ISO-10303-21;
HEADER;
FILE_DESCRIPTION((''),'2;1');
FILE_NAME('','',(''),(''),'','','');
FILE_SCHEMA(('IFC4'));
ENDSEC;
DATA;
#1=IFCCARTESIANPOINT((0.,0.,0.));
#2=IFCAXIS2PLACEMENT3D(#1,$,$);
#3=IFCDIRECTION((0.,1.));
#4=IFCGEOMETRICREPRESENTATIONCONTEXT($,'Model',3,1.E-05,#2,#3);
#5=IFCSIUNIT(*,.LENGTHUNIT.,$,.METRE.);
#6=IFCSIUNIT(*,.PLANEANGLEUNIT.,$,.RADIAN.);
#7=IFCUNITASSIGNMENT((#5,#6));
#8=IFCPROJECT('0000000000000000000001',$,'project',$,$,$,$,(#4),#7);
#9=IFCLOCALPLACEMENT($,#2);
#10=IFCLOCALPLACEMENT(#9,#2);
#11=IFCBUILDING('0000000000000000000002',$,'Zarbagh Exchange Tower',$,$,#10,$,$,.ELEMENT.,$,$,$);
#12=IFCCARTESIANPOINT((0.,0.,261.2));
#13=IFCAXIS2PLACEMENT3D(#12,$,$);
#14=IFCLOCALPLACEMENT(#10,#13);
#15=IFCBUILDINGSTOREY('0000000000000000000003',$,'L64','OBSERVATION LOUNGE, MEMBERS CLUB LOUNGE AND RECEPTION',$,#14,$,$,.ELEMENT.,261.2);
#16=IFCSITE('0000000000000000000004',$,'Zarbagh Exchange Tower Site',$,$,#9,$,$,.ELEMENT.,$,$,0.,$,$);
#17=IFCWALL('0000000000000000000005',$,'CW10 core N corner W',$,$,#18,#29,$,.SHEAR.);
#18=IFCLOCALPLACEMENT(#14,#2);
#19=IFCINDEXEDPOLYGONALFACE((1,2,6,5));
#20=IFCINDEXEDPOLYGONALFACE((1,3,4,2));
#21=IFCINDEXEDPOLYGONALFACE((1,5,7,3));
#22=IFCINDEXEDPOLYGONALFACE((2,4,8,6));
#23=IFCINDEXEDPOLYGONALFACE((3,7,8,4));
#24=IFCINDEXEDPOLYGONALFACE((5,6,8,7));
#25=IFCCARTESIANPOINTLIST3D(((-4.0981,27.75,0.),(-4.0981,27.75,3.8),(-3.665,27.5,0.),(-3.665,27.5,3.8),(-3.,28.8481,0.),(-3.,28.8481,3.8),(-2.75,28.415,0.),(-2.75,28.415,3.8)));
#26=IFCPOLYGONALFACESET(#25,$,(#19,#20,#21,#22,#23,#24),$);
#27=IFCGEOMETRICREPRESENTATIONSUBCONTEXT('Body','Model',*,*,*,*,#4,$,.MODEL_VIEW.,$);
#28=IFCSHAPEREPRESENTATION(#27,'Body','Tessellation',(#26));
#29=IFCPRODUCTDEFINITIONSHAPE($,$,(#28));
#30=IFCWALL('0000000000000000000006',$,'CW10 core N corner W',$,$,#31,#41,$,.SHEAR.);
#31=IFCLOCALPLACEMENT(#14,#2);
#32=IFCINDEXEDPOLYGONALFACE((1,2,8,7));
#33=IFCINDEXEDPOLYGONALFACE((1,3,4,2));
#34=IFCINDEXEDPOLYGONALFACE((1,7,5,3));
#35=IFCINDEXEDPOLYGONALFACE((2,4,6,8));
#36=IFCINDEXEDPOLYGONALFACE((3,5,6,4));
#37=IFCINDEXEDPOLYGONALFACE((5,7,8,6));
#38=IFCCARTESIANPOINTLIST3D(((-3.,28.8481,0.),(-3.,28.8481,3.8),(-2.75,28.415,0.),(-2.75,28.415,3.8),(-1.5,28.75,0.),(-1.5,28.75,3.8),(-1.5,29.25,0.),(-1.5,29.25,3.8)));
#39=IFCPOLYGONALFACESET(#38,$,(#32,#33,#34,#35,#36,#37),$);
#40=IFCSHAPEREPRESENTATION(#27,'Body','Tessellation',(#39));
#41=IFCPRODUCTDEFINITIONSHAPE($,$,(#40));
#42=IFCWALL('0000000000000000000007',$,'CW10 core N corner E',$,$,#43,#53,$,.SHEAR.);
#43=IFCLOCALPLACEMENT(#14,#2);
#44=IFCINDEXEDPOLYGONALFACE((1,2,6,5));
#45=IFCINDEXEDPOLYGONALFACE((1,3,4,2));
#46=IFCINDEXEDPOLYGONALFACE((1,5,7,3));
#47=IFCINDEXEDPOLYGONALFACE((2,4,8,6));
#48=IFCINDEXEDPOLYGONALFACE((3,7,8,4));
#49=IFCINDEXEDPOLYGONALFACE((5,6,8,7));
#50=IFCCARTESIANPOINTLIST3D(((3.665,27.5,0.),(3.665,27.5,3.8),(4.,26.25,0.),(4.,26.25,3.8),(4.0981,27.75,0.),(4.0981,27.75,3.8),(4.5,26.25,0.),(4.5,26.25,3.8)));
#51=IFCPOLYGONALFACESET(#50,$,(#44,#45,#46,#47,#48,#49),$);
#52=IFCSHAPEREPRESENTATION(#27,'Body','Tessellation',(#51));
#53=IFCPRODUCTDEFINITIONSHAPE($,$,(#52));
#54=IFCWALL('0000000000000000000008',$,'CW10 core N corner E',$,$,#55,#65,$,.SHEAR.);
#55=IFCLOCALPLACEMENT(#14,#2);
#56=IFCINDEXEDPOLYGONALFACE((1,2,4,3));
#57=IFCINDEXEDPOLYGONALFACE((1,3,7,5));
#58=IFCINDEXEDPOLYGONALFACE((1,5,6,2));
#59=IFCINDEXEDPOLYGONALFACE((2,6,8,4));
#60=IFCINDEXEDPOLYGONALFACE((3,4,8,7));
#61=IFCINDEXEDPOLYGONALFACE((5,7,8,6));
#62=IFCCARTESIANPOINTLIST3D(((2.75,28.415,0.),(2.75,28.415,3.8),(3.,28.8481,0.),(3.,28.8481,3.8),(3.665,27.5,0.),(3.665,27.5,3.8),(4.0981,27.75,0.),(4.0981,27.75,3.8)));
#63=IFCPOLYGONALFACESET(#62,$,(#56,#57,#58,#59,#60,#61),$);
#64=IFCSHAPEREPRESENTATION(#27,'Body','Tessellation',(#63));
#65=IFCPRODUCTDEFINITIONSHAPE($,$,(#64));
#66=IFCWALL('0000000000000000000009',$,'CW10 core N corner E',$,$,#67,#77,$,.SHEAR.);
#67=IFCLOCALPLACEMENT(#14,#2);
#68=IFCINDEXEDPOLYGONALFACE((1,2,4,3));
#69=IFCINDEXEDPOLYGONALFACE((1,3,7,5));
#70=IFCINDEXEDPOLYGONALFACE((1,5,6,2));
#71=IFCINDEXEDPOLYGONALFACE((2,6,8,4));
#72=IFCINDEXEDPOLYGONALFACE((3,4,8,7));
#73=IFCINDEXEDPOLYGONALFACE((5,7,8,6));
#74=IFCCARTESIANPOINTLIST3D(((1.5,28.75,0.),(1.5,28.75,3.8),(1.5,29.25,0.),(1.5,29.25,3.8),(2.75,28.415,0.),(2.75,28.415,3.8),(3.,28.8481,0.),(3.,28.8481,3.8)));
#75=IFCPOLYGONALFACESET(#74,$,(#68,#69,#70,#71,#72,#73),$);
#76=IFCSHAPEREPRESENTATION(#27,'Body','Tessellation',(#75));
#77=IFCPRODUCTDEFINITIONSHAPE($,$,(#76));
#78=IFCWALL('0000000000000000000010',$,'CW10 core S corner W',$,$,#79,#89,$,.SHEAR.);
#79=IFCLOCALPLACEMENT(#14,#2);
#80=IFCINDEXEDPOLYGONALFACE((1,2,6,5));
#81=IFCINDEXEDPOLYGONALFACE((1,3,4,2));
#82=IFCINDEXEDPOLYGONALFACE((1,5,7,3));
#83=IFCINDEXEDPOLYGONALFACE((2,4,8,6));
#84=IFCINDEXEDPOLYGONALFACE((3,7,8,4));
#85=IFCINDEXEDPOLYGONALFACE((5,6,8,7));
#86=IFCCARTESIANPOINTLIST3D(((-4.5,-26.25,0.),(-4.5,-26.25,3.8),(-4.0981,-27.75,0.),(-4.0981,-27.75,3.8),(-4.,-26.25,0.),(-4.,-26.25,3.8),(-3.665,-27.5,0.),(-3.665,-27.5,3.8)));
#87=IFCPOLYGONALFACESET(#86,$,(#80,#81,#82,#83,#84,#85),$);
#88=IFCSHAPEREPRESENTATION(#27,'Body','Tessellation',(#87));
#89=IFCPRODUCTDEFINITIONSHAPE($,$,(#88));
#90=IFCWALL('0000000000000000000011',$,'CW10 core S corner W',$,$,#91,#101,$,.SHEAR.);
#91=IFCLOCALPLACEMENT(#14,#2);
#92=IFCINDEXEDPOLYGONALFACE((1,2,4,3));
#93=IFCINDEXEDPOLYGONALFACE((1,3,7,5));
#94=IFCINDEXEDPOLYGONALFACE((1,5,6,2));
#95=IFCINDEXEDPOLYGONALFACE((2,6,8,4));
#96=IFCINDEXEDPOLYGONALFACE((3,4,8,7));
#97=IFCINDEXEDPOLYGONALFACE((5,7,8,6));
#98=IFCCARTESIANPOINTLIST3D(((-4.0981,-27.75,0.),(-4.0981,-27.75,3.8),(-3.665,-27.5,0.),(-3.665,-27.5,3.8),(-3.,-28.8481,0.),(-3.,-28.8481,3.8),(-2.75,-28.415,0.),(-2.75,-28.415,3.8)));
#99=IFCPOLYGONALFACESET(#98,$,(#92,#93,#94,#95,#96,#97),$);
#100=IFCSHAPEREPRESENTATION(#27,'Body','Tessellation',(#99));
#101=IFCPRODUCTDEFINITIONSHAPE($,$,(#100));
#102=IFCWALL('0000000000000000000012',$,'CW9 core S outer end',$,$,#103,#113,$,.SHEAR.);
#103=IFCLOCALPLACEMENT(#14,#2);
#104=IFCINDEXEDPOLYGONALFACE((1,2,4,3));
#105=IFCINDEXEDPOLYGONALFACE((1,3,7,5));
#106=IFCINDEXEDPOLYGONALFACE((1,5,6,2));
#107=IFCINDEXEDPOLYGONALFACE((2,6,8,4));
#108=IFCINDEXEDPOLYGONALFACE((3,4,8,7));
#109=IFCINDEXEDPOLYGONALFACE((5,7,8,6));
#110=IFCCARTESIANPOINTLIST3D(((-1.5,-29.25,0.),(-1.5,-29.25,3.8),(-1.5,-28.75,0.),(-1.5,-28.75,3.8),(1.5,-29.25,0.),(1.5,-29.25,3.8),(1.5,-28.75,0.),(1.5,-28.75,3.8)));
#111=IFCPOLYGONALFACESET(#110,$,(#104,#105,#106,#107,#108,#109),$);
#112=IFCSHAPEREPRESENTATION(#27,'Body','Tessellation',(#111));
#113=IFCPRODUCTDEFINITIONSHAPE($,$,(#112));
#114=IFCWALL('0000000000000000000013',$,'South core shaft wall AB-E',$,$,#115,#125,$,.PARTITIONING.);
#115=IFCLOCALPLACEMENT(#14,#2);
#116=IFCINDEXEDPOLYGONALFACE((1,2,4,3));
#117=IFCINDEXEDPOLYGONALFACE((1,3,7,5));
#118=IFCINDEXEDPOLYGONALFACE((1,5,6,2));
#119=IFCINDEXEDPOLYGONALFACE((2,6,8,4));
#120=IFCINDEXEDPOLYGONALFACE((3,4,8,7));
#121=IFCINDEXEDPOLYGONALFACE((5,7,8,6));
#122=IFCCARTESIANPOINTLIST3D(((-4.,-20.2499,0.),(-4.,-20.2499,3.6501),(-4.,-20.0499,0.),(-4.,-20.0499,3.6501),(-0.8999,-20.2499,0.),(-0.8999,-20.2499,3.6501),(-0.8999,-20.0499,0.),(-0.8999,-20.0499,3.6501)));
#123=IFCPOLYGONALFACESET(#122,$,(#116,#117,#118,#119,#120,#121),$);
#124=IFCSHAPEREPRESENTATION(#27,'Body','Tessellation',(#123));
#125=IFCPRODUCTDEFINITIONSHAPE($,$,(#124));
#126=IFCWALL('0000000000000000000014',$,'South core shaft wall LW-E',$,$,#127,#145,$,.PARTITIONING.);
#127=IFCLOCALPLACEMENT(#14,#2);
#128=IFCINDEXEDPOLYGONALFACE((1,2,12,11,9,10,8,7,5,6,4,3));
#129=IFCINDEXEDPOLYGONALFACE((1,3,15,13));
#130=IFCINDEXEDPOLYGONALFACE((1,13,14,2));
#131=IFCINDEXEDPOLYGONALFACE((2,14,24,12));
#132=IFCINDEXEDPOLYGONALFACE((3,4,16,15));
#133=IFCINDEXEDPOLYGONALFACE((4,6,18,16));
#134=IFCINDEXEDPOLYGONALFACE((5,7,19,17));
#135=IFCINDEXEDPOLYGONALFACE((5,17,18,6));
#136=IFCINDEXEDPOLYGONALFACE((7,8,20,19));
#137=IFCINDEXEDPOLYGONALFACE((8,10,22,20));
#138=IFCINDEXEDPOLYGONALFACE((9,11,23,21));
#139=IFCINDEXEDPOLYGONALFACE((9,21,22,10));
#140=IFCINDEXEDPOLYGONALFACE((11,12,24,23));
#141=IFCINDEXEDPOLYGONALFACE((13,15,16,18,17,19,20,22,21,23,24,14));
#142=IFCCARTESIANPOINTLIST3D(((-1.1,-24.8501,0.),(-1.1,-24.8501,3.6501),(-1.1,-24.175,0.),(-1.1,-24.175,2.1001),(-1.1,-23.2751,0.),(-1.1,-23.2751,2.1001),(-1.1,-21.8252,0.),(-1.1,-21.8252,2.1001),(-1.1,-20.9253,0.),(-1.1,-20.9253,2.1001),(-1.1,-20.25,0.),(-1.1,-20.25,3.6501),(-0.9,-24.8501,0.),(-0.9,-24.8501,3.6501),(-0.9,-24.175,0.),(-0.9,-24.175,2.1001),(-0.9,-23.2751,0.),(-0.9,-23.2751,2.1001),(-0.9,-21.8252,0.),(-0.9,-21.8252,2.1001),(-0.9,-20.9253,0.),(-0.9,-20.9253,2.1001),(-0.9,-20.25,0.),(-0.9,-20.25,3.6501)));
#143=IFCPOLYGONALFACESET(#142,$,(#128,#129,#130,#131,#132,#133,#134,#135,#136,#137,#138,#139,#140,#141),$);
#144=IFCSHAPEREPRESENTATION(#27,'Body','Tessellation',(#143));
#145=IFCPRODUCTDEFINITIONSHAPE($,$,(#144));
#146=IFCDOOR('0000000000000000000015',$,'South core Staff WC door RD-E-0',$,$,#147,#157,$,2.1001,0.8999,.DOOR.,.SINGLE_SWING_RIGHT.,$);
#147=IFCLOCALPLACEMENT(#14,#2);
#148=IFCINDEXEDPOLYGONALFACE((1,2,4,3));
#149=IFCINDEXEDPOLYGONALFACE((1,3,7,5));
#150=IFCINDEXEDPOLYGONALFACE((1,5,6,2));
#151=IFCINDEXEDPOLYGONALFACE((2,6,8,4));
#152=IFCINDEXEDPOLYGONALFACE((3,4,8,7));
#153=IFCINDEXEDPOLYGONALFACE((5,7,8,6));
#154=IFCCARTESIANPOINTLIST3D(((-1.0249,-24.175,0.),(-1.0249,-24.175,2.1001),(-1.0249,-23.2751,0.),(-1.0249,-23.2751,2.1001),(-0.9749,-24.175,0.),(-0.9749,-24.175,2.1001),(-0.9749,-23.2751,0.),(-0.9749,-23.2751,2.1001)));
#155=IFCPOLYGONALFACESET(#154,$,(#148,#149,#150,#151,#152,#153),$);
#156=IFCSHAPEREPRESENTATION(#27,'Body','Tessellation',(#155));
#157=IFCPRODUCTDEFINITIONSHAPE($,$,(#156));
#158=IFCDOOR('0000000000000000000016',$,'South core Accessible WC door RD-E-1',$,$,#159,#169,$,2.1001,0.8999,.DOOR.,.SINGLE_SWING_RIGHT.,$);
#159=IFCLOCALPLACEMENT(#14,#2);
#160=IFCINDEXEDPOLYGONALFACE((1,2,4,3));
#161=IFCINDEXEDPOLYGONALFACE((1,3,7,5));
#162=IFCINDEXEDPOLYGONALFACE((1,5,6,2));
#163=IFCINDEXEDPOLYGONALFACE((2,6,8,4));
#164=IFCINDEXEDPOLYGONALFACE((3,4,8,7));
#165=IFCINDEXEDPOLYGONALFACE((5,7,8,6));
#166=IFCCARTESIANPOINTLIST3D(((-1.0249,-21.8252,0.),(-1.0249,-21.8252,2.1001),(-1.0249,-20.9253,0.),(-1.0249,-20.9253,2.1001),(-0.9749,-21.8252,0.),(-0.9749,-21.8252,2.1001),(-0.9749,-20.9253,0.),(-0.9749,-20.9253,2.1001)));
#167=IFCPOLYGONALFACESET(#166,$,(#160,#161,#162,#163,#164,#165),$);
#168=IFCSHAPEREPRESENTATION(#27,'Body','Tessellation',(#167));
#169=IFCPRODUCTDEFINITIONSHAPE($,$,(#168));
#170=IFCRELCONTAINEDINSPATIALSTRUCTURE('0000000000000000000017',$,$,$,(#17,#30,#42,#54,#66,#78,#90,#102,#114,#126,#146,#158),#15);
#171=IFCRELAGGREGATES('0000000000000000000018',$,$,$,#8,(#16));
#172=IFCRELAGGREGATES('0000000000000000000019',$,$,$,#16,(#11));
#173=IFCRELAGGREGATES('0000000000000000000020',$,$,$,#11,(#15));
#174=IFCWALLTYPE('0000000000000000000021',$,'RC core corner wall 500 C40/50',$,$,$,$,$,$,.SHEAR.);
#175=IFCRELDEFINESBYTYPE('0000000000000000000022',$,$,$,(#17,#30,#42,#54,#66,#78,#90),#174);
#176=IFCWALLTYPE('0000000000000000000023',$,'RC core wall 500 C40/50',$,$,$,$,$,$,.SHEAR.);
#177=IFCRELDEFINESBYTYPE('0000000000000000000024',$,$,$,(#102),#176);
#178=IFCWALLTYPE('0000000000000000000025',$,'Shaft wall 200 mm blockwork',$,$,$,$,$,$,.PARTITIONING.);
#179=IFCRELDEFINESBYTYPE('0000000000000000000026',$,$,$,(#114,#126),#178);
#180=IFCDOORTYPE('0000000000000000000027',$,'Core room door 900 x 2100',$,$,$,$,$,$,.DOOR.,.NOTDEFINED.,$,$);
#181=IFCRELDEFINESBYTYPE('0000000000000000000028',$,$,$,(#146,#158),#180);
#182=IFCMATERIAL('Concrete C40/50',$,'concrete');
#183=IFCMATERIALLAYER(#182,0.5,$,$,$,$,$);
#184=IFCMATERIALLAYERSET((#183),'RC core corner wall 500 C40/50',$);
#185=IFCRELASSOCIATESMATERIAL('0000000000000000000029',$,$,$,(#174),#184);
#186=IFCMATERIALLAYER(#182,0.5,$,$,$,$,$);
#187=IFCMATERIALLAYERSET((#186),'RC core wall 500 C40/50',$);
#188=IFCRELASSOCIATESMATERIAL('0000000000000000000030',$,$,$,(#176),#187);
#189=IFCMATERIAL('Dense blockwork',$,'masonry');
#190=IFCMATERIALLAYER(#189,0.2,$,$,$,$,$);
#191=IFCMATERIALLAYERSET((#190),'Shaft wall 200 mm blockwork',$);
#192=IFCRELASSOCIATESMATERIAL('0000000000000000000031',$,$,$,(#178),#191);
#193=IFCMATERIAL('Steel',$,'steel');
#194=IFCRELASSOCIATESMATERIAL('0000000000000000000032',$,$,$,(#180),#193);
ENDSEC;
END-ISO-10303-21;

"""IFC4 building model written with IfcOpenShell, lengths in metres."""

from ifc_helpers import new_model, si_unit, direction, frame, frame_2d, origin, place, context, subcontext, project, spatial, polyline, rectangle, outline, extrude, material, layer, layer_set, type_object, element, fill, save


model = new_model("IFC4")

# Units and contexts
model_context = context("Model", 3, precision=1e-05, world=origin(), true_north=direction((0.0, 1.0)))
body_context = subcontext(model_context, "Body", "Model", "MODEL_VIEW")
ifc_project = project(units=[si_unit("LENGTHUNIT", "METRE"), si_unit("PLANEANGLEUNIT", "RADIAN")], contexts=[model_context])

# Site, building, storey
site_placement = place(None, origin())
site = spatial("IfcSite", under=ifc_project, at=site_placement, Name="Zarbagh Exchange Tower Site", CompositionType="ELEMENT", RefElevation=0.0)
building_placement = place(site_placement, origin())
building = spatial("IfcBuilding", under=site, at=building_placement, Name="Zarbagh Exchange Tower", CompositionType="ELEMENT")
storey_placement = place(building_placement, frame((0.0, 0.0, 261.2)))
storey = spatial("IfcBuildingStorey", under=building, at=storey_placement, Name="L64", Description="OBSERVATION LOUNGE, MEMBERS CLUB LOUNGE AND RECEPTION", CompositionType="ELEMENT", Elevation=261.2)

# Shared definitions
ifc_material_1 = material(Name="Concrete C40/50", Category="concrete")

# Shared definitions
ifc_material_2 = material(Name="Dense blockwork", Category="masonry")

# Walls
ifc_layer_1 = layer(ifc_material_1, 0.5)
ifc_layer_set_1 = layer_set([ifc_layer_1], Name="RC core corner wall 500 C40/50")
wall_type_1 = type_object("IfcWallType", Name="RC core corner wall 500 C40/50", PredefinedType="SHEAR", material=ifc_layer_set_1)
wall_1_placement = place(storey_placement, origin())
element("IfcWall", 1, at=wall_1_placement, inside=storey, type_object=wall_type_1, Name="CW10 core N corner W", PredefinedType="SHEAR", context=body_context, shape_type="SweptSolid", body=[
    extrude(outline(polyline([(-4.0981, 27.75), (-3.0, 28.8481), (-2.75, 28.415), (-3.665, 27.5), (-4.0981, 27.75)])), origin(), (0.0, 0.0, 1.0), 3.8),
])
wall_2_placement = place(storey_placement, origin())
element("IfcWall", 2, at=wall_2_placement, inside=storey, type_object=wall_type_1, Name="CW10 core N corner W", PredefinedType="SHEAR", context=body_context, shape_type="SweptSolid", body=[
    extrude(outline(polyline([(-3.0, 28.8481), (-1.5, 29.25), (-1.5, 28.75), (-2.75, 28.415), (-3.0, 28.8481)])), origin(), (0.0, 0.0, 1.0), 3.8),
])
wall_3_placement = place(storey_placement, origin())
element("IfcWall", 3, at=wall_3_placement, inside=storey, type_object=wall_type_1, Name="CW10 core N corner E", PredefinedType="SHEAR", context=body_context, shape_type="SweptSolid", body=[
    extrude(outline(polyline([(4.5, 26.25), (4.0981, 27.75), (3.665, 27.5), (4.0, 26.25), (4.5, 26.25)])), origin(), (0.0, 0.0, 1.0), 3.8),
])
wall_4_placement = place(storey_placement, origin())
element("IfcWall", 4, at=wall_4_placement, inside=storey, type_object=wall_type_1, Name="CW10 core N corner E", PredefinedType="SHEAR", context=body_context, shape_type="SweptSolid", body=[
    extrude(outline(polyline([(4.0981, 27.75), (3.0, 28.8481), (2.75, 28.415), (3.665, 27.5), (4.0981, 27.75)])), origin(), (0.0, 0.0, 1.0), 3.8),
])
wall_5_placement = place(storey_placement, origin())
element("IfcWall", 5, at=wall_5_placement, inside=storey, type_object=wall_type_1, Name="CW10 core N corner E", PredefinedType="SHEAR", context=body_context, shape_type="SweptSolid", body=[
    extrude(outline(polyline([(3.0, 28.8481), (1.5, 29.25), (1.5, 28.75), (2.75, 28.415), (3.0, 28.8481)])), origin(), (0.0, 0.0, 1.0), 3.8),
])
wall_6_placement = place(storey_placement, origin())
element("IfcWall", 6, at=wall_6_placement, inside=storey, type_object=wall_type_1, Name="CW10 core S corner W", PredefinedType="SHEAR", context=body_context, shape_type="SweptSolid", body=[
    extrude(outline(polyline([(-4.5, -26.25), (-4.0981, -27.75), (-3.665, -27.5), (-4.0, -26.25), (-4.5, -26.25)])), origin(), (0.0, 0.0, 1.0), 3.8),
])
wall_7_placement = place(storey_placement, origin())
element("IfcWall", 7, at=wall_7_placement, inside=storey, type_object=wall_type_1, Name="CW10 core S corner W", PredefinedType="SHEAR", context=body_context, shape_type="SweptSolid", body=[
    extrude(outline(polyline([(-4.0981, -27.75), (-3.0, -28.8481), (-2.75, -28.415), (-3.665, -27.5), (-4.0981, -27.75)])), origin(), (0.0, 0.0, 1.0), 3.8),
])
ifc_layer_2 = layer(ifc_material_1, 0.5)
ifc_layer_set_2 = layer_set([ifc_layer_2], Name="RC core wall 500 C40/50")
wall_type_2 = type_object("IfcWallType", Name="RC core wall 500 C40/50", PredefinedType="SHEAR", material=ifc_layer_set_2)
wall_8_placement = place(storey_placement, frame((-1.5, -29.0, 0.0), z_axis=(0.0, 0.0, 1.0), x_axis=(1.0, 0.0, 0.0)))
element("IfcWall", 8, at=wall_8_placement, inside=storey, type_object=wall_type_2, Name="CW9 core S outer end", PredefinedType="SHEAR", context=body_context, shape_type="SweptSolid", body=[
    extrude(rectangle(XDim=3.0, YDim=0.5, at=frame_2d((1.5, 0.0))), origin(), (0.0, 0.0, 1.0), 3.8),
])
ifc_layer_3 = layer(ifc_material_2, 0.2)
ifc_layer_set_3 = layer_set([ifc_layer_3], Name="Shaft wall 200 mm blockwork")
wall_type_3 = type_object("IfcWallType", Name="Shaft wall 200 mm blockwork", PredefinedType="PARTITIONING", material=ifc_layer_set_3)
wall_9_placement = place(storey_placement, frame((-0.8999, -20.1499, 0.0), z_axis=(0.0, 0.0, 1.0), x_axis=(-1.0, 0.0, 0.0)))
element("IfcWall", 9, at=wall_9_placement, inside=storey, type_object=wall_type_3, Name="South core shaft wall AB-E", PredefinedType="PARTITIONING", context=body_context, shape_type="SweptSolid", body=[
    extrude(rectangle(XDim=3.1001, YDim=0.2, at=frame_2d((1.55, 0.0))), origin(), (0.0, 0.0, 1.0), 3.6501),
])

# Wall, openings, doors
wall_10_placement = place(storey_placement, frame((-1.0, -24.8501, 0.0), z_axis=(0.0, 0.0, 1.0), x_axis=(0.0, 1.0, 0.0)))
wall_10 = element("IfcWall", 10, at=wall_10_placement, inside=storey, type_object=wall_type_3, Name="South core shaft wall LW-E", PredefinedType="PARTITIONING", context=body_context, shape_type="SweptSolid", body=[
    extrude(rectangle(XDim=4.6001, YDim=0.2, at=frame_2d((2.3, 0.0))), origin(), (0.0, 0.0, 1.0), 3.6501),
])
opening_1_placement = place(wall_10_placement, frame((0.675, 0.0, 0.0)))
opening_1 = element("IfcOpeningElement", 11, at=opening_1_placement, cuts=wall_10, PredefinedType="OPENING", context=body_context, shape_type="SweptSolid", body=[
    extrude(rectangle(XDim=0.8999, YDim=2.1001, at=frame_2d((0.45, 1.05))), frame((0.0, 0.1099, 0.0), z_axis=(0.0, -1.0, 0.0), x_axis=(1.0, 0.0, 0.0)), (0.0, 0.0, 1.0), 0.22),
])
opening_2_placement = place(wall_10_placement, frame((3.0249, 0.0, 0.0)))
opening_2 = element("IfcOpeningElement", 12, at=opening_2_placement, cuts=wall_10, PredefinedType="OPENING", context=body_context, shape_type="SweptSolid", body=[
    extrude(rectangle(XDim=0.8999, YDim=2.1001, at=frame_2d((0.45, 1.05))), frame((0.0, 0.1099, 0.0), z_axis=(0.0, -1.0, 0.0), x_axis=(1.0, 0.0, 0.0)), (0.0, 0.0, 1.0), 0.22),
])
ifc_material_3 = material(Name="Steel", Category="steel")
door_type_1 = type_object("IfcDoorType", Name="Core room door 900 x 2100", OperationType="NOTDEFINED", PredefinedType="DOOR", material=ifc_material_3)
door_1_placement = place(opening_1_placement, origin())
door_1 = element("IfcDoor", 13, at=door_1_placement, inside=storey, type_object=door_type_1, Name="South core Staff WC door RD-E-0", OperationType="SINGLE_SWING_RIGHT", OverallHeight=2.1001, OverallWidth=0.8999, PredefinedType="DOOR", context=body_context, shape_type="SweptSolid", body=[
    extrude(rectangle(XDim=0.8999, YDim=2.1001, at=frame_2d((0.45, 1.05))), frame((0.0, 0.0249, 0.0), z_axis=(0.0, -1.0, 0.0), x_axis=(1.0, 0.0, 0.0)), (0.0, 0.0, 1.0), 0.05),
])
fill(opening_1, door_1)
door_2_placement = place(opening_2_placement, origin())
door_2 = element("IfcDoor", 14, at=door_2_placement, inside=storey, type_object=door_type_1, Name="South core Accessible WC door RD-E-1", OperationType="SINGLE_SWING_RIGHT", OverallHeight=2.1001, OverallWidth=0.8999, PredefinedType="DOOR", context=body_context, shape_type="SweptSolid", body=[
    extrude(rectangle(XDim=0.8999, YDim=2.1001, at=frame_2d((0.45, 1.05))), frame((0.0, 0.0249, 0.0), z_axis=(0.0, -1.0, 0.0), x_axis=(1.0, 0.0, 0.0)), (0.0, 0.0, 1.0), 0.05),
])
fill(opening_2, door_2)

save(model, "model.ifc")
